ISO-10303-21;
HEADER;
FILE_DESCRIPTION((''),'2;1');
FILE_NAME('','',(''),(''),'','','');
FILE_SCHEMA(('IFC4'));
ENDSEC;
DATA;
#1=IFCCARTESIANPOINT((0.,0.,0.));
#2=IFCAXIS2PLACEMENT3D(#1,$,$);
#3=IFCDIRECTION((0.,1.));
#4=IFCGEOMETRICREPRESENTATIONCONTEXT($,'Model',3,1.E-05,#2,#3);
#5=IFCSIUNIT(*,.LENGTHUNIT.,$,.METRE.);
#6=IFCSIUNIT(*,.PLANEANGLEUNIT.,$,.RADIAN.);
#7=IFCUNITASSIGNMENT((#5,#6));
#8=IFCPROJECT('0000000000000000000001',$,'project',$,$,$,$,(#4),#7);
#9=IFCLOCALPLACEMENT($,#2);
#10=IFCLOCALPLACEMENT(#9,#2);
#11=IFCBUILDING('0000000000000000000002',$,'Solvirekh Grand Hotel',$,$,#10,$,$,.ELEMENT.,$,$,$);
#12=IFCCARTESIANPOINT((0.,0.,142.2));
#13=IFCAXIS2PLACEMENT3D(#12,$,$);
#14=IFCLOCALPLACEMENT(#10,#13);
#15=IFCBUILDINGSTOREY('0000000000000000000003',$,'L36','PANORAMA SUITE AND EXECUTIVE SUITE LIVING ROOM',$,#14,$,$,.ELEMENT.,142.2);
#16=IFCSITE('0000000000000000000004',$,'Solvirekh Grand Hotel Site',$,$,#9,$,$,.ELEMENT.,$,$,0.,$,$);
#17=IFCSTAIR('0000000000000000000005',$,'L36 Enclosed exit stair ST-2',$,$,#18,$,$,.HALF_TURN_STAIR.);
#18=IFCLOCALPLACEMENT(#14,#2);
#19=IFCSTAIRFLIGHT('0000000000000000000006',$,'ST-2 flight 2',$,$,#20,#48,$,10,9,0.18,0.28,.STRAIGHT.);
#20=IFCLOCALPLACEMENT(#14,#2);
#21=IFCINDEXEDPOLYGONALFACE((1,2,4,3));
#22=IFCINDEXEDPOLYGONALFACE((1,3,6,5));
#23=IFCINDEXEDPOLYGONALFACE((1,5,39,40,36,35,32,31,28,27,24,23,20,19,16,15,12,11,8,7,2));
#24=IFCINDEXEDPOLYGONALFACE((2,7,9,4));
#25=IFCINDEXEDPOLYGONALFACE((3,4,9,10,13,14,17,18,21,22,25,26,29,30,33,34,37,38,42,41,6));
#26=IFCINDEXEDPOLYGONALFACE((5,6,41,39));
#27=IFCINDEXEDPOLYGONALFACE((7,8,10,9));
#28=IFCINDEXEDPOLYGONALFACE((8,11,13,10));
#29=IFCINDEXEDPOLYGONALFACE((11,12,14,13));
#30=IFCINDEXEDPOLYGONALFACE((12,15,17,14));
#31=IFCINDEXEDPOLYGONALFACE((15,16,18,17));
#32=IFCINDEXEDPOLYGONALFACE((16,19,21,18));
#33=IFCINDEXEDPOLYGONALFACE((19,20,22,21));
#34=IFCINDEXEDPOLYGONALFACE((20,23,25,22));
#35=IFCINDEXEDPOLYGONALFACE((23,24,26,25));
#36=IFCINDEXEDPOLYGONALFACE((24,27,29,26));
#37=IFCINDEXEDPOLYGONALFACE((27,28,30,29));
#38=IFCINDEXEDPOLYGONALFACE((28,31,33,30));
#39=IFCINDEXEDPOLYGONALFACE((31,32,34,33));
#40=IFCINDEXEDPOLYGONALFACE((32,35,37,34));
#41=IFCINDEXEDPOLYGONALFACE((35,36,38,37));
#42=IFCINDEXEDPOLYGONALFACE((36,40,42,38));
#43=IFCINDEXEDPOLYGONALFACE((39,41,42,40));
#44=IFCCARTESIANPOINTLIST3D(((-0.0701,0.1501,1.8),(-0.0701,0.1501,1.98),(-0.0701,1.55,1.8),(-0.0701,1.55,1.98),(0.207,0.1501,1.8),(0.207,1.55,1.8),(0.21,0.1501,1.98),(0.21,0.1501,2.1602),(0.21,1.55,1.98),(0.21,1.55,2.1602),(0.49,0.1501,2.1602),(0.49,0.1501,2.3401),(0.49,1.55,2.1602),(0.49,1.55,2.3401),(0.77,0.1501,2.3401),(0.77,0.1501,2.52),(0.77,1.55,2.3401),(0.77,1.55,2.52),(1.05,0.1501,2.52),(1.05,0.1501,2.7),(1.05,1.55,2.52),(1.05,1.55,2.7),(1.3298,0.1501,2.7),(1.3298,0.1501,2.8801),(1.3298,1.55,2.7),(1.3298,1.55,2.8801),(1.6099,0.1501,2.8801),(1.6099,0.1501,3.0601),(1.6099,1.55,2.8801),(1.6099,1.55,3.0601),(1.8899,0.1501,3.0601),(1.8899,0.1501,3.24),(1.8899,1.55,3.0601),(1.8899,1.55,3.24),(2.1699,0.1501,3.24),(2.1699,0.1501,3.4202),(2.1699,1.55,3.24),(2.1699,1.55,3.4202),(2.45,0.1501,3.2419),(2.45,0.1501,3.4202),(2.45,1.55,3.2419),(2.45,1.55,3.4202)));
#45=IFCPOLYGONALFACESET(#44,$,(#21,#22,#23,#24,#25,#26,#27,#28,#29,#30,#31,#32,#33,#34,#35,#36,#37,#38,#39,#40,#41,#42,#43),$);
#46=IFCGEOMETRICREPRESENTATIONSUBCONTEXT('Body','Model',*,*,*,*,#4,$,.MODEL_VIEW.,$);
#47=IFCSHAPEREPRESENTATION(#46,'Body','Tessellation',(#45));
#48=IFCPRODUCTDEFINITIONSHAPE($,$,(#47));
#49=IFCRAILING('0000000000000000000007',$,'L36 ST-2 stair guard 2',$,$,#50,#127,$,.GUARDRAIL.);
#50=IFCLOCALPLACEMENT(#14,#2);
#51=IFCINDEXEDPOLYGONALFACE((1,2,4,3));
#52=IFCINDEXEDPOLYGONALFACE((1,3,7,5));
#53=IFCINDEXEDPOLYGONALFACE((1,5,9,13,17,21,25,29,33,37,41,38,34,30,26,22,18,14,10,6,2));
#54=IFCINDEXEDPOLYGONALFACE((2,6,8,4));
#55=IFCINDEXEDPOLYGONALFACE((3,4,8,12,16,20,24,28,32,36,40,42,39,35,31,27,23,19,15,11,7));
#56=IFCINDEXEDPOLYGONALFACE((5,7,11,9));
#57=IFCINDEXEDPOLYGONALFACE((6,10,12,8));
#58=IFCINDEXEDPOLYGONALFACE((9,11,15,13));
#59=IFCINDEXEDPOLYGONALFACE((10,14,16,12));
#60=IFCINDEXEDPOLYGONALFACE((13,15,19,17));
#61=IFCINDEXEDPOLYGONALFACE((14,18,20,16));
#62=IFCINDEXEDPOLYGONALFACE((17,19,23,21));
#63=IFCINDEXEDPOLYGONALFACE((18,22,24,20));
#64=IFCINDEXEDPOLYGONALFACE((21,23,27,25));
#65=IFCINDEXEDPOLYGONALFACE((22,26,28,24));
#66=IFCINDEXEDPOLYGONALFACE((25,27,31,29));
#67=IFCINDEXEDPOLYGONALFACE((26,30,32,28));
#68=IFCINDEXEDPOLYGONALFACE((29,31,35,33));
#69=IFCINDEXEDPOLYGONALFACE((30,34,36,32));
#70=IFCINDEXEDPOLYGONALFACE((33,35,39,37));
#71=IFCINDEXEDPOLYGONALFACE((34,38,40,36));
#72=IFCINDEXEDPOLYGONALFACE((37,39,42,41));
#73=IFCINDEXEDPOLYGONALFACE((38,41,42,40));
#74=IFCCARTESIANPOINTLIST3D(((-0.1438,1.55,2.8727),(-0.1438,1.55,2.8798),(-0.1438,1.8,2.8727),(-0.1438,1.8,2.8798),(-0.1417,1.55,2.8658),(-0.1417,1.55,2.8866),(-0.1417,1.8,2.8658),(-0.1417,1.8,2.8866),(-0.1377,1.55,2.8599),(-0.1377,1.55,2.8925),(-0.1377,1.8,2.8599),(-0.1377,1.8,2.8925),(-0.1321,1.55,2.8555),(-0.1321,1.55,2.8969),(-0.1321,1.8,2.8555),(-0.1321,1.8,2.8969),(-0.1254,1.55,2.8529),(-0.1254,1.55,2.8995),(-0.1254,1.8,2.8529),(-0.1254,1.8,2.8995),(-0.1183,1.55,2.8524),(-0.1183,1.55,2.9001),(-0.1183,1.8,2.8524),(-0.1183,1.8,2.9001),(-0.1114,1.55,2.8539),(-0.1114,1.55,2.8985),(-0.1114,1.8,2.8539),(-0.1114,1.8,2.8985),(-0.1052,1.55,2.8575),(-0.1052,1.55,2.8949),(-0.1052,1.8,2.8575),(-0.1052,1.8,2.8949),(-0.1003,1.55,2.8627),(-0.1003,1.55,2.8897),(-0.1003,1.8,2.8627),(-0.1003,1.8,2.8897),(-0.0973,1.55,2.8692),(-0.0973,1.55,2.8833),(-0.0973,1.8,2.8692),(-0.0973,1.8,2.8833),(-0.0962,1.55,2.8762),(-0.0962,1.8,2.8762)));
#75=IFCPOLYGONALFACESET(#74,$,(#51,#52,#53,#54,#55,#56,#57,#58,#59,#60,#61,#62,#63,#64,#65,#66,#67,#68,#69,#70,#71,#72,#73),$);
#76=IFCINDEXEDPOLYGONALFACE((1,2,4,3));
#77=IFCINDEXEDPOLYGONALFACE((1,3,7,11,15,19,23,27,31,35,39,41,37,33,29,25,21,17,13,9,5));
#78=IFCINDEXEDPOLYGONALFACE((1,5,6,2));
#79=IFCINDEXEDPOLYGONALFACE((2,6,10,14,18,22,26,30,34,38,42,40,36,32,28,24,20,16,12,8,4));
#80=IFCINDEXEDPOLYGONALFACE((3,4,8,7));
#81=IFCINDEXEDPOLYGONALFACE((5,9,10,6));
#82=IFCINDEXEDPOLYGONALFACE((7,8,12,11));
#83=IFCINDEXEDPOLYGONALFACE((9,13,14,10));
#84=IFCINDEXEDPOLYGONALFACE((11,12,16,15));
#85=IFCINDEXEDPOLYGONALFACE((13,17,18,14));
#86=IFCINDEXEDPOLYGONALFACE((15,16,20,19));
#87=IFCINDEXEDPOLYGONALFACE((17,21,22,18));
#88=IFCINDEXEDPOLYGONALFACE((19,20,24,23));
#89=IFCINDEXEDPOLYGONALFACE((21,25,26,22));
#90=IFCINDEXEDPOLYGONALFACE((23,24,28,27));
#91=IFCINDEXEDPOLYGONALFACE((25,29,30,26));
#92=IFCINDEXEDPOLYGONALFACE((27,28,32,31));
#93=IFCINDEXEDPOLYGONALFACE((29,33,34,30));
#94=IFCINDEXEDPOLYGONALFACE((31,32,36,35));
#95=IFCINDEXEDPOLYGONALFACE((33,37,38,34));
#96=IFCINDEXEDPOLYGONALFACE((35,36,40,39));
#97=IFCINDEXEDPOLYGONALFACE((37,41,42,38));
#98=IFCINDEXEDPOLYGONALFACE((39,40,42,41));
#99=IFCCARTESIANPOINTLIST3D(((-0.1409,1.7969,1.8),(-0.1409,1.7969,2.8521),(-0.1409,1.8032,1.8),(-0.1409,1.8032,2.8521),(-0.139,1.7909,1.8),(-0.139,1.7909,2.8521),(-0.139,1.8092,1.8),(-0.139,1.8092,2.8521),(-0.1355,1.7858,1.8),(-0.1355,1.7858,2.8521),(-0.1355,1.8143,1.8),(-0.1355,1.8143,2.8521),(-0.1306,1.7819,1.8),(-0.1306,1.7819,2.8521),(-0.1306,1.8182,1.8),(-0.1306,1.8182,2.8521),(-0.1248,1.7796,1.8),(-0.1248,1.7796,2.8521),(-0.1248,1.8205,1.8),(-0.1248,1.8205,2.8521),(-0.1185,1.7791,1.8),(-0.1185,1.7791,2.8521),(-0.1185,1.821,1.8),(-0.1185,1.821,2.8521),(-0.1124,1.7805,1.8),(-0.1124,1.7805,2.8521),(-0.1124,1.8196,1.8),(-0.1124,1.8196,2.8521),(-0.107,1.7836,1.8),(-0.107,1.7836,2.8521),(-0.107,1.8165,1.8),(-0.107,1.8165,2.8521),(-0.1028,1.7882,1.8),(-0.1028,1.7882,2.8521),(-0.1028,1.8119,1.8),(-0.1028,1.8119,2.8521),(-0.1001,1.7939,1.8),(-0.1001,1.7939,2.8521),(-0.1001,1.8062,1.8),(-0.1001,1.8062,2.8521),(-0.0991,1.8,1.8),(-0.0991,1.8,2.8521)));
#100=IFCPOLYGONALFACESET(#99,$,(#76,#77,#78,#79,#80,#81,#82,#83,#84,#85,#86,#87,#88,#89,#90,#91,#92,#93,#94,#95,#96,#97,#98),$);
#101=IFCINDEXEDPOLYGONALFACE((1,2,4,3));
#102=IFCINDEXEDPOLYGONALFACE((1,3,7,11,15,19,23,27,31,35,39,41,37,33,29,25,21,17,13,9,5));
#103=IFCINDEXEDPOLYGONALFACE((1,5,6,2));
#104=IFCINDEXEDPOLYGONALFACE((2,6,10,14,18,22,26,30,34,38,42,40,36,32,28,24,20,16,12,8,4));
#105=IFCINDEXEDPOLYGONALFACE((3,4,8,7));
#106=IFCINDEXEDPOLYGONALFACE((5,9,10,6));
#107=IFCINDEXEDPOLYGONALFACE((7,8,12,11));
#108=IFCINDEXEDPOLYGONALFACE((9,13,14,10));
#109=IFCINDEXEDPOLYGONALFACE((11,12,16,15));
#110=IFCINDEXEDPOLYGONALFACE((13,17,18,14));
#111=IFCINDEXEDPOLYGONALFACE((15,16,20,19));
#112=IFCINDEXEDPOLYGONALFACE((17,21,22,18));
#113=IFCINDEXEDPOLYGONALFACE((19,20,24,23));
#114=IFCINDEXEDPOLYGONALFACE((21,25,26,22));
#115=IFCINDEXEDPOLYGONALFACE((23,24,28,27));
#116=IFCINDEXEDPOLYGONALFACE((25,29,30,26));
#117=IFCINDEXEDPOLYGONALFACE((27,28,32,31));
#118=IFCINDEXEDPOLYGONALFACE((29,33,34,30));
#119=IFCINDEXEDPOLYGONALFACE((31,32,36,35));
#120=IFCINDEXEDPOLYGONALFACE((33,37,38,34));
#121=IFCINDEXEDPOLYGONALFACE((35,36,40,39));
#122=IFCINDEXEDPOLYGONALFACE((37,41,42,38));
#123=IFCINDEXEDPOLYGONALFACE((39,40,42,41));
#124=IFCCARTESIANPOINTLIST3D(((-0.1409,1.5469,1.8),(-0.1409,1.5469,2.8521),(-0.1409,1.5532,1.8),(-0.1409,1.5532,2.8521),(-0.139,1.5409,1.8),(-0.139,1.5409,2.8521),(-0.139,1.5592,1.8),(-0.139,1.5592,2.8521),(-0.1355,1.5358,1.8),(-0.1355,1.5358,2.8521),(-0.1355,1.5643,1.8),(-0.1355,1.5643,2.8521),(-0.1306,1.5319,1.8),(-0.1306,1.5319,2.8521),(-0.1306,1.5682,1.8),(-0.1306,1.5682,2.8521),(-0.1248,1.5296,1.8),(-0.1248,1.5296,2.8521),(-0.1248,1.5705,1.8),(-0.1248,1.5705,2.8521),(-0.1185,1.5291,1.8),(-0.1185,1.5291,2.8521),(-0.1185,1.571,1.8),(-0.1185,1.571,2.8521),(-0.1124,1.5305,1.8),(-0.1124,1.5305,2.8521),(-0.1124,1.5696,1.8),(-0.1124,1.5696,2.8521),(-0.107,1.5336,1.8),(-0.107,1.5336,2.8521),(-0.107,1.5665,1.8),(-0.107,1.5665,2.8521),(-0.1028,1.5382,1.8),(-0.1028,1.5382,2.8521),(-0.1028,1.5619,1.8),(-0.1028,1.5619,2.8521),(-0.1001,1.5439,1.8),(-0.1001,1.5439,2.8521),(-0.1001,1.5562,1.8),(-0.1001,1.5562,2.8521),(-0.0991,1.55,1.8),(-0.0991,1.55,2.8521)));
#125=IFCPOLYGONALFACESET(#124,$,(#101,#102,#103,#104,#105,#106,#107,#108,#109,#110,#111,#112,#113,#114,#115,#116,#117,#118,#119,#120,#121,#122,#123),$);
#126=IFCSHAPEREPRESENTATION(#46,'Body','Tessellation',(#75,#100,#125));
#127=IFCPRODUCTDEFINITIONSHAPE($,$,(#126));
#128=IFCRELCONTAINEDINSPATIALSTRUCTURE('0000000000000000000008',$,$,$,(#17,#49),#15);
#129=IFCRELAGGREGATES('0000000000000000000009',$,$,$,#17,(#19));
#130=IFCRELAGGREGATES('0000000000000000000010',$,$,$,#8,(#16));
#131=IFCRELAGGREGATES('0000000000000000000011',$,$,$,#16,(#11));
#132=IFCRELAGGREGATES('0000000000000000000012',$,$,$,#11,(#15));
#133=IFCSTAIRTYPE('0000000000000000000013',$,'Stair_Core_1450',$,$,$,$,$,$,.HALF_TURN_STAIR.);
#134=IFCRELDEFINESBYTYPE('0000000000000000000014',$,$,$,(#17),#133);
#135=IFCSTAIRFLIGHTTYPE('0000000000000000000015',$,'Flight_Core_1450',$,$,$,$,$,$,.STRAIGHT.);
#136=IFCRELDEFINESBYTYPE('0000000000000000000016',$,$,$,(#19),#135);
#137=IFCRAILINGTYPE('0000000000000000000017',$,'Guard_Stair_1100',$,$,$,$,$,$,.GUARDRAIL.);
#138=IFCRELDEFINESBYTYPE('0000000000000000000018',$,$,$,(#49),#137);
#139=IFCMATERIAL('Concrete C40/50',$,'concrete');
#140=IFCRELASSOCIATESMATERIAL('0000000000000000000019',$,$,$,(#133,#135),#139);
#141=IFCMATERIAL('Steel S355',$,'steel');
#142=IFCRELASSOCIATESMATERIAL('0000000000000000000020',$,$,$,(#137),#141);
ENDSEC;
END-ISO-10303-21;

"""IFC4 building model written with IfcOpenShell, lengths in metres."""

from ifc_helpers import new_model, si_unit, direction, frame, origin, origin_2d, place, context, subcontext, project, spatial, polyline, circle, outline, extrude, material, type_object, element, aggregate, save


model = new_model("IFC4")

# Units and contexts
model_context = context("Model", 3, precision=1e-05, world=origin(), true_north=direction((0.0, 1.0)))
body_context = subcontext(model_context, "Body", "Model", "MODEL_VIEW")
ifc_project = project(units=[si_unit("LENGTHUNIT", "METRE"), si_unit("PLANEANGLEUNIT", "RADIAN")], contexts=[model_context])

# Site, building, storey
site_placement = place(None, origin())
site = spatial("IfcSite", under=ifc_project, at=site_placement, Name="Solvirekh Grand Hotel Site", CompositionType="ELEMENT", RefElevation=0.0)
building_placement = place(site_placement, origin())
building = spatial("IfcBuilding", under=site, at=building_placement, Name="Solvirekh Grand Hotel", CompositionType="ELEMENT")
storey_placement = place(building_placement, frame((0.0, 0.0, 142.2)))
storey = spatial("IfcBuildingStorey", under=building, at=storey_placement, Name="L36", Description="PANORAMA SUITE AND EXECUTIVE SUITE LIVING ROOM", CompositionType="ELEMENT", Elevation=142.2)

# Shared definitions
ifc_material_1 = material(Name="Concrete C40/50", Category="concrete")

# Stair, stair flight
stair_type = type_object("IfcStairType", Name="Stair_Core_1450", PredefinedType="HALF_TURN_STAIR", material=ifc_material_1)
stair_placement = place(storey_placement, origin())
stair = element("IfcStair", 1, at=stair_placement, inside=storey, type_object=stair_type, Name="L36 Enclosed exit stair ST-2", PredefinedType="HALF_TURN_STAIR")
stair_flight_type = type_object("IfcStairFlightType", Name="Flight_Core_1450", PredefinedType="STRAIGHT", material=ifc_material_1)
stair_flight_placement = place(storey_placement, frame((-0.0701, 0.8501, 1.8), z_axis=(0.0, 0.0, 1.0), x_axis=(1.0, 0.0, 0.0)))
stair_flight = element("IfcStairFlight", 2, at=stair_flight_placement, type_object=stair_flight_type, Name="ST-2 flight 2", NumberOfRisers=10, NumberOfTreads=9, PredefinedType="STRAIGHT", RiserHeight=0.18, TreadLength=0.28, context=body_context, shape_type="SweptSolid", body=[
    extrude(outline(polyline([(0.0, 0.0), (0.0, 0.1799), (0.28, 0.1799), (0.28, 0.3601), (0.5601, 0.3601), (0.5601, 0.54), (0.8401, 0.54), (0.8401, 0.72), (1.1201, 0.72), (1.1201, 0.8999), (1.3999, 0.8999), (1.3999, 1.0801), (1.6799, 1.0801), (1.6799, 1.26), (1.96, 1.26), (1.96, 1.4399), (2.24, 1.4399), (2.24, 1.6201), (2.52, 1.6201), (2.52, 1.8), (2.52, 1.4419), (0.2771, 0.0), (0.0, 0.0)])), frame((0.0, 0.7, 0.0), z_axis=(0.0, -1.0, 0.0), x_axis=(1.0, 0.0, 0.0)), (0.0, 0.0, 1.0), 1.3999),
])
aggregate(stair, [stair_flight])

# Railing
ifc_material_2 = material(Name="Steel S355", Category="steel")
railing_type = type_object("IfcRailingType", Name="Guard_Stair_1100", PredefinedType="GUARDRAIL", material=ifc_material_2)
railing_1_placement = place(storey_placement, frame((-0.1201, 1.8, 1.8)))
element("IfcRailing", 3, at=railing_1_placement, inside=storey, type_object=railing_type, Name="L36 ST-2 stair guard 2", PredefinedType="GUARDRAIL", context=body_context, shape_type="SweptSolid", body=[
    extrude(circle(Radius=0.0239, at=origin_2d()), frame((0.0, 0.0, 1.0762), z_axis=(0.0, -1.0, 0.0), x_axis=(1.0, 0.0, 0.0)), (0.0, 0.0, 1.0), 0.25),
    extrude(circle(Radius=0.021, at=origin_2d()), origin(), (0.0, 0.0, 1.0), 1.052),
    extrude(circle(Radius=0.021, at=origin_2d()), frame((0.0, -0.25, 0.0)), (0.0, 0.0, 1.0), 1.052),
])

save(model, "model.ifc")
